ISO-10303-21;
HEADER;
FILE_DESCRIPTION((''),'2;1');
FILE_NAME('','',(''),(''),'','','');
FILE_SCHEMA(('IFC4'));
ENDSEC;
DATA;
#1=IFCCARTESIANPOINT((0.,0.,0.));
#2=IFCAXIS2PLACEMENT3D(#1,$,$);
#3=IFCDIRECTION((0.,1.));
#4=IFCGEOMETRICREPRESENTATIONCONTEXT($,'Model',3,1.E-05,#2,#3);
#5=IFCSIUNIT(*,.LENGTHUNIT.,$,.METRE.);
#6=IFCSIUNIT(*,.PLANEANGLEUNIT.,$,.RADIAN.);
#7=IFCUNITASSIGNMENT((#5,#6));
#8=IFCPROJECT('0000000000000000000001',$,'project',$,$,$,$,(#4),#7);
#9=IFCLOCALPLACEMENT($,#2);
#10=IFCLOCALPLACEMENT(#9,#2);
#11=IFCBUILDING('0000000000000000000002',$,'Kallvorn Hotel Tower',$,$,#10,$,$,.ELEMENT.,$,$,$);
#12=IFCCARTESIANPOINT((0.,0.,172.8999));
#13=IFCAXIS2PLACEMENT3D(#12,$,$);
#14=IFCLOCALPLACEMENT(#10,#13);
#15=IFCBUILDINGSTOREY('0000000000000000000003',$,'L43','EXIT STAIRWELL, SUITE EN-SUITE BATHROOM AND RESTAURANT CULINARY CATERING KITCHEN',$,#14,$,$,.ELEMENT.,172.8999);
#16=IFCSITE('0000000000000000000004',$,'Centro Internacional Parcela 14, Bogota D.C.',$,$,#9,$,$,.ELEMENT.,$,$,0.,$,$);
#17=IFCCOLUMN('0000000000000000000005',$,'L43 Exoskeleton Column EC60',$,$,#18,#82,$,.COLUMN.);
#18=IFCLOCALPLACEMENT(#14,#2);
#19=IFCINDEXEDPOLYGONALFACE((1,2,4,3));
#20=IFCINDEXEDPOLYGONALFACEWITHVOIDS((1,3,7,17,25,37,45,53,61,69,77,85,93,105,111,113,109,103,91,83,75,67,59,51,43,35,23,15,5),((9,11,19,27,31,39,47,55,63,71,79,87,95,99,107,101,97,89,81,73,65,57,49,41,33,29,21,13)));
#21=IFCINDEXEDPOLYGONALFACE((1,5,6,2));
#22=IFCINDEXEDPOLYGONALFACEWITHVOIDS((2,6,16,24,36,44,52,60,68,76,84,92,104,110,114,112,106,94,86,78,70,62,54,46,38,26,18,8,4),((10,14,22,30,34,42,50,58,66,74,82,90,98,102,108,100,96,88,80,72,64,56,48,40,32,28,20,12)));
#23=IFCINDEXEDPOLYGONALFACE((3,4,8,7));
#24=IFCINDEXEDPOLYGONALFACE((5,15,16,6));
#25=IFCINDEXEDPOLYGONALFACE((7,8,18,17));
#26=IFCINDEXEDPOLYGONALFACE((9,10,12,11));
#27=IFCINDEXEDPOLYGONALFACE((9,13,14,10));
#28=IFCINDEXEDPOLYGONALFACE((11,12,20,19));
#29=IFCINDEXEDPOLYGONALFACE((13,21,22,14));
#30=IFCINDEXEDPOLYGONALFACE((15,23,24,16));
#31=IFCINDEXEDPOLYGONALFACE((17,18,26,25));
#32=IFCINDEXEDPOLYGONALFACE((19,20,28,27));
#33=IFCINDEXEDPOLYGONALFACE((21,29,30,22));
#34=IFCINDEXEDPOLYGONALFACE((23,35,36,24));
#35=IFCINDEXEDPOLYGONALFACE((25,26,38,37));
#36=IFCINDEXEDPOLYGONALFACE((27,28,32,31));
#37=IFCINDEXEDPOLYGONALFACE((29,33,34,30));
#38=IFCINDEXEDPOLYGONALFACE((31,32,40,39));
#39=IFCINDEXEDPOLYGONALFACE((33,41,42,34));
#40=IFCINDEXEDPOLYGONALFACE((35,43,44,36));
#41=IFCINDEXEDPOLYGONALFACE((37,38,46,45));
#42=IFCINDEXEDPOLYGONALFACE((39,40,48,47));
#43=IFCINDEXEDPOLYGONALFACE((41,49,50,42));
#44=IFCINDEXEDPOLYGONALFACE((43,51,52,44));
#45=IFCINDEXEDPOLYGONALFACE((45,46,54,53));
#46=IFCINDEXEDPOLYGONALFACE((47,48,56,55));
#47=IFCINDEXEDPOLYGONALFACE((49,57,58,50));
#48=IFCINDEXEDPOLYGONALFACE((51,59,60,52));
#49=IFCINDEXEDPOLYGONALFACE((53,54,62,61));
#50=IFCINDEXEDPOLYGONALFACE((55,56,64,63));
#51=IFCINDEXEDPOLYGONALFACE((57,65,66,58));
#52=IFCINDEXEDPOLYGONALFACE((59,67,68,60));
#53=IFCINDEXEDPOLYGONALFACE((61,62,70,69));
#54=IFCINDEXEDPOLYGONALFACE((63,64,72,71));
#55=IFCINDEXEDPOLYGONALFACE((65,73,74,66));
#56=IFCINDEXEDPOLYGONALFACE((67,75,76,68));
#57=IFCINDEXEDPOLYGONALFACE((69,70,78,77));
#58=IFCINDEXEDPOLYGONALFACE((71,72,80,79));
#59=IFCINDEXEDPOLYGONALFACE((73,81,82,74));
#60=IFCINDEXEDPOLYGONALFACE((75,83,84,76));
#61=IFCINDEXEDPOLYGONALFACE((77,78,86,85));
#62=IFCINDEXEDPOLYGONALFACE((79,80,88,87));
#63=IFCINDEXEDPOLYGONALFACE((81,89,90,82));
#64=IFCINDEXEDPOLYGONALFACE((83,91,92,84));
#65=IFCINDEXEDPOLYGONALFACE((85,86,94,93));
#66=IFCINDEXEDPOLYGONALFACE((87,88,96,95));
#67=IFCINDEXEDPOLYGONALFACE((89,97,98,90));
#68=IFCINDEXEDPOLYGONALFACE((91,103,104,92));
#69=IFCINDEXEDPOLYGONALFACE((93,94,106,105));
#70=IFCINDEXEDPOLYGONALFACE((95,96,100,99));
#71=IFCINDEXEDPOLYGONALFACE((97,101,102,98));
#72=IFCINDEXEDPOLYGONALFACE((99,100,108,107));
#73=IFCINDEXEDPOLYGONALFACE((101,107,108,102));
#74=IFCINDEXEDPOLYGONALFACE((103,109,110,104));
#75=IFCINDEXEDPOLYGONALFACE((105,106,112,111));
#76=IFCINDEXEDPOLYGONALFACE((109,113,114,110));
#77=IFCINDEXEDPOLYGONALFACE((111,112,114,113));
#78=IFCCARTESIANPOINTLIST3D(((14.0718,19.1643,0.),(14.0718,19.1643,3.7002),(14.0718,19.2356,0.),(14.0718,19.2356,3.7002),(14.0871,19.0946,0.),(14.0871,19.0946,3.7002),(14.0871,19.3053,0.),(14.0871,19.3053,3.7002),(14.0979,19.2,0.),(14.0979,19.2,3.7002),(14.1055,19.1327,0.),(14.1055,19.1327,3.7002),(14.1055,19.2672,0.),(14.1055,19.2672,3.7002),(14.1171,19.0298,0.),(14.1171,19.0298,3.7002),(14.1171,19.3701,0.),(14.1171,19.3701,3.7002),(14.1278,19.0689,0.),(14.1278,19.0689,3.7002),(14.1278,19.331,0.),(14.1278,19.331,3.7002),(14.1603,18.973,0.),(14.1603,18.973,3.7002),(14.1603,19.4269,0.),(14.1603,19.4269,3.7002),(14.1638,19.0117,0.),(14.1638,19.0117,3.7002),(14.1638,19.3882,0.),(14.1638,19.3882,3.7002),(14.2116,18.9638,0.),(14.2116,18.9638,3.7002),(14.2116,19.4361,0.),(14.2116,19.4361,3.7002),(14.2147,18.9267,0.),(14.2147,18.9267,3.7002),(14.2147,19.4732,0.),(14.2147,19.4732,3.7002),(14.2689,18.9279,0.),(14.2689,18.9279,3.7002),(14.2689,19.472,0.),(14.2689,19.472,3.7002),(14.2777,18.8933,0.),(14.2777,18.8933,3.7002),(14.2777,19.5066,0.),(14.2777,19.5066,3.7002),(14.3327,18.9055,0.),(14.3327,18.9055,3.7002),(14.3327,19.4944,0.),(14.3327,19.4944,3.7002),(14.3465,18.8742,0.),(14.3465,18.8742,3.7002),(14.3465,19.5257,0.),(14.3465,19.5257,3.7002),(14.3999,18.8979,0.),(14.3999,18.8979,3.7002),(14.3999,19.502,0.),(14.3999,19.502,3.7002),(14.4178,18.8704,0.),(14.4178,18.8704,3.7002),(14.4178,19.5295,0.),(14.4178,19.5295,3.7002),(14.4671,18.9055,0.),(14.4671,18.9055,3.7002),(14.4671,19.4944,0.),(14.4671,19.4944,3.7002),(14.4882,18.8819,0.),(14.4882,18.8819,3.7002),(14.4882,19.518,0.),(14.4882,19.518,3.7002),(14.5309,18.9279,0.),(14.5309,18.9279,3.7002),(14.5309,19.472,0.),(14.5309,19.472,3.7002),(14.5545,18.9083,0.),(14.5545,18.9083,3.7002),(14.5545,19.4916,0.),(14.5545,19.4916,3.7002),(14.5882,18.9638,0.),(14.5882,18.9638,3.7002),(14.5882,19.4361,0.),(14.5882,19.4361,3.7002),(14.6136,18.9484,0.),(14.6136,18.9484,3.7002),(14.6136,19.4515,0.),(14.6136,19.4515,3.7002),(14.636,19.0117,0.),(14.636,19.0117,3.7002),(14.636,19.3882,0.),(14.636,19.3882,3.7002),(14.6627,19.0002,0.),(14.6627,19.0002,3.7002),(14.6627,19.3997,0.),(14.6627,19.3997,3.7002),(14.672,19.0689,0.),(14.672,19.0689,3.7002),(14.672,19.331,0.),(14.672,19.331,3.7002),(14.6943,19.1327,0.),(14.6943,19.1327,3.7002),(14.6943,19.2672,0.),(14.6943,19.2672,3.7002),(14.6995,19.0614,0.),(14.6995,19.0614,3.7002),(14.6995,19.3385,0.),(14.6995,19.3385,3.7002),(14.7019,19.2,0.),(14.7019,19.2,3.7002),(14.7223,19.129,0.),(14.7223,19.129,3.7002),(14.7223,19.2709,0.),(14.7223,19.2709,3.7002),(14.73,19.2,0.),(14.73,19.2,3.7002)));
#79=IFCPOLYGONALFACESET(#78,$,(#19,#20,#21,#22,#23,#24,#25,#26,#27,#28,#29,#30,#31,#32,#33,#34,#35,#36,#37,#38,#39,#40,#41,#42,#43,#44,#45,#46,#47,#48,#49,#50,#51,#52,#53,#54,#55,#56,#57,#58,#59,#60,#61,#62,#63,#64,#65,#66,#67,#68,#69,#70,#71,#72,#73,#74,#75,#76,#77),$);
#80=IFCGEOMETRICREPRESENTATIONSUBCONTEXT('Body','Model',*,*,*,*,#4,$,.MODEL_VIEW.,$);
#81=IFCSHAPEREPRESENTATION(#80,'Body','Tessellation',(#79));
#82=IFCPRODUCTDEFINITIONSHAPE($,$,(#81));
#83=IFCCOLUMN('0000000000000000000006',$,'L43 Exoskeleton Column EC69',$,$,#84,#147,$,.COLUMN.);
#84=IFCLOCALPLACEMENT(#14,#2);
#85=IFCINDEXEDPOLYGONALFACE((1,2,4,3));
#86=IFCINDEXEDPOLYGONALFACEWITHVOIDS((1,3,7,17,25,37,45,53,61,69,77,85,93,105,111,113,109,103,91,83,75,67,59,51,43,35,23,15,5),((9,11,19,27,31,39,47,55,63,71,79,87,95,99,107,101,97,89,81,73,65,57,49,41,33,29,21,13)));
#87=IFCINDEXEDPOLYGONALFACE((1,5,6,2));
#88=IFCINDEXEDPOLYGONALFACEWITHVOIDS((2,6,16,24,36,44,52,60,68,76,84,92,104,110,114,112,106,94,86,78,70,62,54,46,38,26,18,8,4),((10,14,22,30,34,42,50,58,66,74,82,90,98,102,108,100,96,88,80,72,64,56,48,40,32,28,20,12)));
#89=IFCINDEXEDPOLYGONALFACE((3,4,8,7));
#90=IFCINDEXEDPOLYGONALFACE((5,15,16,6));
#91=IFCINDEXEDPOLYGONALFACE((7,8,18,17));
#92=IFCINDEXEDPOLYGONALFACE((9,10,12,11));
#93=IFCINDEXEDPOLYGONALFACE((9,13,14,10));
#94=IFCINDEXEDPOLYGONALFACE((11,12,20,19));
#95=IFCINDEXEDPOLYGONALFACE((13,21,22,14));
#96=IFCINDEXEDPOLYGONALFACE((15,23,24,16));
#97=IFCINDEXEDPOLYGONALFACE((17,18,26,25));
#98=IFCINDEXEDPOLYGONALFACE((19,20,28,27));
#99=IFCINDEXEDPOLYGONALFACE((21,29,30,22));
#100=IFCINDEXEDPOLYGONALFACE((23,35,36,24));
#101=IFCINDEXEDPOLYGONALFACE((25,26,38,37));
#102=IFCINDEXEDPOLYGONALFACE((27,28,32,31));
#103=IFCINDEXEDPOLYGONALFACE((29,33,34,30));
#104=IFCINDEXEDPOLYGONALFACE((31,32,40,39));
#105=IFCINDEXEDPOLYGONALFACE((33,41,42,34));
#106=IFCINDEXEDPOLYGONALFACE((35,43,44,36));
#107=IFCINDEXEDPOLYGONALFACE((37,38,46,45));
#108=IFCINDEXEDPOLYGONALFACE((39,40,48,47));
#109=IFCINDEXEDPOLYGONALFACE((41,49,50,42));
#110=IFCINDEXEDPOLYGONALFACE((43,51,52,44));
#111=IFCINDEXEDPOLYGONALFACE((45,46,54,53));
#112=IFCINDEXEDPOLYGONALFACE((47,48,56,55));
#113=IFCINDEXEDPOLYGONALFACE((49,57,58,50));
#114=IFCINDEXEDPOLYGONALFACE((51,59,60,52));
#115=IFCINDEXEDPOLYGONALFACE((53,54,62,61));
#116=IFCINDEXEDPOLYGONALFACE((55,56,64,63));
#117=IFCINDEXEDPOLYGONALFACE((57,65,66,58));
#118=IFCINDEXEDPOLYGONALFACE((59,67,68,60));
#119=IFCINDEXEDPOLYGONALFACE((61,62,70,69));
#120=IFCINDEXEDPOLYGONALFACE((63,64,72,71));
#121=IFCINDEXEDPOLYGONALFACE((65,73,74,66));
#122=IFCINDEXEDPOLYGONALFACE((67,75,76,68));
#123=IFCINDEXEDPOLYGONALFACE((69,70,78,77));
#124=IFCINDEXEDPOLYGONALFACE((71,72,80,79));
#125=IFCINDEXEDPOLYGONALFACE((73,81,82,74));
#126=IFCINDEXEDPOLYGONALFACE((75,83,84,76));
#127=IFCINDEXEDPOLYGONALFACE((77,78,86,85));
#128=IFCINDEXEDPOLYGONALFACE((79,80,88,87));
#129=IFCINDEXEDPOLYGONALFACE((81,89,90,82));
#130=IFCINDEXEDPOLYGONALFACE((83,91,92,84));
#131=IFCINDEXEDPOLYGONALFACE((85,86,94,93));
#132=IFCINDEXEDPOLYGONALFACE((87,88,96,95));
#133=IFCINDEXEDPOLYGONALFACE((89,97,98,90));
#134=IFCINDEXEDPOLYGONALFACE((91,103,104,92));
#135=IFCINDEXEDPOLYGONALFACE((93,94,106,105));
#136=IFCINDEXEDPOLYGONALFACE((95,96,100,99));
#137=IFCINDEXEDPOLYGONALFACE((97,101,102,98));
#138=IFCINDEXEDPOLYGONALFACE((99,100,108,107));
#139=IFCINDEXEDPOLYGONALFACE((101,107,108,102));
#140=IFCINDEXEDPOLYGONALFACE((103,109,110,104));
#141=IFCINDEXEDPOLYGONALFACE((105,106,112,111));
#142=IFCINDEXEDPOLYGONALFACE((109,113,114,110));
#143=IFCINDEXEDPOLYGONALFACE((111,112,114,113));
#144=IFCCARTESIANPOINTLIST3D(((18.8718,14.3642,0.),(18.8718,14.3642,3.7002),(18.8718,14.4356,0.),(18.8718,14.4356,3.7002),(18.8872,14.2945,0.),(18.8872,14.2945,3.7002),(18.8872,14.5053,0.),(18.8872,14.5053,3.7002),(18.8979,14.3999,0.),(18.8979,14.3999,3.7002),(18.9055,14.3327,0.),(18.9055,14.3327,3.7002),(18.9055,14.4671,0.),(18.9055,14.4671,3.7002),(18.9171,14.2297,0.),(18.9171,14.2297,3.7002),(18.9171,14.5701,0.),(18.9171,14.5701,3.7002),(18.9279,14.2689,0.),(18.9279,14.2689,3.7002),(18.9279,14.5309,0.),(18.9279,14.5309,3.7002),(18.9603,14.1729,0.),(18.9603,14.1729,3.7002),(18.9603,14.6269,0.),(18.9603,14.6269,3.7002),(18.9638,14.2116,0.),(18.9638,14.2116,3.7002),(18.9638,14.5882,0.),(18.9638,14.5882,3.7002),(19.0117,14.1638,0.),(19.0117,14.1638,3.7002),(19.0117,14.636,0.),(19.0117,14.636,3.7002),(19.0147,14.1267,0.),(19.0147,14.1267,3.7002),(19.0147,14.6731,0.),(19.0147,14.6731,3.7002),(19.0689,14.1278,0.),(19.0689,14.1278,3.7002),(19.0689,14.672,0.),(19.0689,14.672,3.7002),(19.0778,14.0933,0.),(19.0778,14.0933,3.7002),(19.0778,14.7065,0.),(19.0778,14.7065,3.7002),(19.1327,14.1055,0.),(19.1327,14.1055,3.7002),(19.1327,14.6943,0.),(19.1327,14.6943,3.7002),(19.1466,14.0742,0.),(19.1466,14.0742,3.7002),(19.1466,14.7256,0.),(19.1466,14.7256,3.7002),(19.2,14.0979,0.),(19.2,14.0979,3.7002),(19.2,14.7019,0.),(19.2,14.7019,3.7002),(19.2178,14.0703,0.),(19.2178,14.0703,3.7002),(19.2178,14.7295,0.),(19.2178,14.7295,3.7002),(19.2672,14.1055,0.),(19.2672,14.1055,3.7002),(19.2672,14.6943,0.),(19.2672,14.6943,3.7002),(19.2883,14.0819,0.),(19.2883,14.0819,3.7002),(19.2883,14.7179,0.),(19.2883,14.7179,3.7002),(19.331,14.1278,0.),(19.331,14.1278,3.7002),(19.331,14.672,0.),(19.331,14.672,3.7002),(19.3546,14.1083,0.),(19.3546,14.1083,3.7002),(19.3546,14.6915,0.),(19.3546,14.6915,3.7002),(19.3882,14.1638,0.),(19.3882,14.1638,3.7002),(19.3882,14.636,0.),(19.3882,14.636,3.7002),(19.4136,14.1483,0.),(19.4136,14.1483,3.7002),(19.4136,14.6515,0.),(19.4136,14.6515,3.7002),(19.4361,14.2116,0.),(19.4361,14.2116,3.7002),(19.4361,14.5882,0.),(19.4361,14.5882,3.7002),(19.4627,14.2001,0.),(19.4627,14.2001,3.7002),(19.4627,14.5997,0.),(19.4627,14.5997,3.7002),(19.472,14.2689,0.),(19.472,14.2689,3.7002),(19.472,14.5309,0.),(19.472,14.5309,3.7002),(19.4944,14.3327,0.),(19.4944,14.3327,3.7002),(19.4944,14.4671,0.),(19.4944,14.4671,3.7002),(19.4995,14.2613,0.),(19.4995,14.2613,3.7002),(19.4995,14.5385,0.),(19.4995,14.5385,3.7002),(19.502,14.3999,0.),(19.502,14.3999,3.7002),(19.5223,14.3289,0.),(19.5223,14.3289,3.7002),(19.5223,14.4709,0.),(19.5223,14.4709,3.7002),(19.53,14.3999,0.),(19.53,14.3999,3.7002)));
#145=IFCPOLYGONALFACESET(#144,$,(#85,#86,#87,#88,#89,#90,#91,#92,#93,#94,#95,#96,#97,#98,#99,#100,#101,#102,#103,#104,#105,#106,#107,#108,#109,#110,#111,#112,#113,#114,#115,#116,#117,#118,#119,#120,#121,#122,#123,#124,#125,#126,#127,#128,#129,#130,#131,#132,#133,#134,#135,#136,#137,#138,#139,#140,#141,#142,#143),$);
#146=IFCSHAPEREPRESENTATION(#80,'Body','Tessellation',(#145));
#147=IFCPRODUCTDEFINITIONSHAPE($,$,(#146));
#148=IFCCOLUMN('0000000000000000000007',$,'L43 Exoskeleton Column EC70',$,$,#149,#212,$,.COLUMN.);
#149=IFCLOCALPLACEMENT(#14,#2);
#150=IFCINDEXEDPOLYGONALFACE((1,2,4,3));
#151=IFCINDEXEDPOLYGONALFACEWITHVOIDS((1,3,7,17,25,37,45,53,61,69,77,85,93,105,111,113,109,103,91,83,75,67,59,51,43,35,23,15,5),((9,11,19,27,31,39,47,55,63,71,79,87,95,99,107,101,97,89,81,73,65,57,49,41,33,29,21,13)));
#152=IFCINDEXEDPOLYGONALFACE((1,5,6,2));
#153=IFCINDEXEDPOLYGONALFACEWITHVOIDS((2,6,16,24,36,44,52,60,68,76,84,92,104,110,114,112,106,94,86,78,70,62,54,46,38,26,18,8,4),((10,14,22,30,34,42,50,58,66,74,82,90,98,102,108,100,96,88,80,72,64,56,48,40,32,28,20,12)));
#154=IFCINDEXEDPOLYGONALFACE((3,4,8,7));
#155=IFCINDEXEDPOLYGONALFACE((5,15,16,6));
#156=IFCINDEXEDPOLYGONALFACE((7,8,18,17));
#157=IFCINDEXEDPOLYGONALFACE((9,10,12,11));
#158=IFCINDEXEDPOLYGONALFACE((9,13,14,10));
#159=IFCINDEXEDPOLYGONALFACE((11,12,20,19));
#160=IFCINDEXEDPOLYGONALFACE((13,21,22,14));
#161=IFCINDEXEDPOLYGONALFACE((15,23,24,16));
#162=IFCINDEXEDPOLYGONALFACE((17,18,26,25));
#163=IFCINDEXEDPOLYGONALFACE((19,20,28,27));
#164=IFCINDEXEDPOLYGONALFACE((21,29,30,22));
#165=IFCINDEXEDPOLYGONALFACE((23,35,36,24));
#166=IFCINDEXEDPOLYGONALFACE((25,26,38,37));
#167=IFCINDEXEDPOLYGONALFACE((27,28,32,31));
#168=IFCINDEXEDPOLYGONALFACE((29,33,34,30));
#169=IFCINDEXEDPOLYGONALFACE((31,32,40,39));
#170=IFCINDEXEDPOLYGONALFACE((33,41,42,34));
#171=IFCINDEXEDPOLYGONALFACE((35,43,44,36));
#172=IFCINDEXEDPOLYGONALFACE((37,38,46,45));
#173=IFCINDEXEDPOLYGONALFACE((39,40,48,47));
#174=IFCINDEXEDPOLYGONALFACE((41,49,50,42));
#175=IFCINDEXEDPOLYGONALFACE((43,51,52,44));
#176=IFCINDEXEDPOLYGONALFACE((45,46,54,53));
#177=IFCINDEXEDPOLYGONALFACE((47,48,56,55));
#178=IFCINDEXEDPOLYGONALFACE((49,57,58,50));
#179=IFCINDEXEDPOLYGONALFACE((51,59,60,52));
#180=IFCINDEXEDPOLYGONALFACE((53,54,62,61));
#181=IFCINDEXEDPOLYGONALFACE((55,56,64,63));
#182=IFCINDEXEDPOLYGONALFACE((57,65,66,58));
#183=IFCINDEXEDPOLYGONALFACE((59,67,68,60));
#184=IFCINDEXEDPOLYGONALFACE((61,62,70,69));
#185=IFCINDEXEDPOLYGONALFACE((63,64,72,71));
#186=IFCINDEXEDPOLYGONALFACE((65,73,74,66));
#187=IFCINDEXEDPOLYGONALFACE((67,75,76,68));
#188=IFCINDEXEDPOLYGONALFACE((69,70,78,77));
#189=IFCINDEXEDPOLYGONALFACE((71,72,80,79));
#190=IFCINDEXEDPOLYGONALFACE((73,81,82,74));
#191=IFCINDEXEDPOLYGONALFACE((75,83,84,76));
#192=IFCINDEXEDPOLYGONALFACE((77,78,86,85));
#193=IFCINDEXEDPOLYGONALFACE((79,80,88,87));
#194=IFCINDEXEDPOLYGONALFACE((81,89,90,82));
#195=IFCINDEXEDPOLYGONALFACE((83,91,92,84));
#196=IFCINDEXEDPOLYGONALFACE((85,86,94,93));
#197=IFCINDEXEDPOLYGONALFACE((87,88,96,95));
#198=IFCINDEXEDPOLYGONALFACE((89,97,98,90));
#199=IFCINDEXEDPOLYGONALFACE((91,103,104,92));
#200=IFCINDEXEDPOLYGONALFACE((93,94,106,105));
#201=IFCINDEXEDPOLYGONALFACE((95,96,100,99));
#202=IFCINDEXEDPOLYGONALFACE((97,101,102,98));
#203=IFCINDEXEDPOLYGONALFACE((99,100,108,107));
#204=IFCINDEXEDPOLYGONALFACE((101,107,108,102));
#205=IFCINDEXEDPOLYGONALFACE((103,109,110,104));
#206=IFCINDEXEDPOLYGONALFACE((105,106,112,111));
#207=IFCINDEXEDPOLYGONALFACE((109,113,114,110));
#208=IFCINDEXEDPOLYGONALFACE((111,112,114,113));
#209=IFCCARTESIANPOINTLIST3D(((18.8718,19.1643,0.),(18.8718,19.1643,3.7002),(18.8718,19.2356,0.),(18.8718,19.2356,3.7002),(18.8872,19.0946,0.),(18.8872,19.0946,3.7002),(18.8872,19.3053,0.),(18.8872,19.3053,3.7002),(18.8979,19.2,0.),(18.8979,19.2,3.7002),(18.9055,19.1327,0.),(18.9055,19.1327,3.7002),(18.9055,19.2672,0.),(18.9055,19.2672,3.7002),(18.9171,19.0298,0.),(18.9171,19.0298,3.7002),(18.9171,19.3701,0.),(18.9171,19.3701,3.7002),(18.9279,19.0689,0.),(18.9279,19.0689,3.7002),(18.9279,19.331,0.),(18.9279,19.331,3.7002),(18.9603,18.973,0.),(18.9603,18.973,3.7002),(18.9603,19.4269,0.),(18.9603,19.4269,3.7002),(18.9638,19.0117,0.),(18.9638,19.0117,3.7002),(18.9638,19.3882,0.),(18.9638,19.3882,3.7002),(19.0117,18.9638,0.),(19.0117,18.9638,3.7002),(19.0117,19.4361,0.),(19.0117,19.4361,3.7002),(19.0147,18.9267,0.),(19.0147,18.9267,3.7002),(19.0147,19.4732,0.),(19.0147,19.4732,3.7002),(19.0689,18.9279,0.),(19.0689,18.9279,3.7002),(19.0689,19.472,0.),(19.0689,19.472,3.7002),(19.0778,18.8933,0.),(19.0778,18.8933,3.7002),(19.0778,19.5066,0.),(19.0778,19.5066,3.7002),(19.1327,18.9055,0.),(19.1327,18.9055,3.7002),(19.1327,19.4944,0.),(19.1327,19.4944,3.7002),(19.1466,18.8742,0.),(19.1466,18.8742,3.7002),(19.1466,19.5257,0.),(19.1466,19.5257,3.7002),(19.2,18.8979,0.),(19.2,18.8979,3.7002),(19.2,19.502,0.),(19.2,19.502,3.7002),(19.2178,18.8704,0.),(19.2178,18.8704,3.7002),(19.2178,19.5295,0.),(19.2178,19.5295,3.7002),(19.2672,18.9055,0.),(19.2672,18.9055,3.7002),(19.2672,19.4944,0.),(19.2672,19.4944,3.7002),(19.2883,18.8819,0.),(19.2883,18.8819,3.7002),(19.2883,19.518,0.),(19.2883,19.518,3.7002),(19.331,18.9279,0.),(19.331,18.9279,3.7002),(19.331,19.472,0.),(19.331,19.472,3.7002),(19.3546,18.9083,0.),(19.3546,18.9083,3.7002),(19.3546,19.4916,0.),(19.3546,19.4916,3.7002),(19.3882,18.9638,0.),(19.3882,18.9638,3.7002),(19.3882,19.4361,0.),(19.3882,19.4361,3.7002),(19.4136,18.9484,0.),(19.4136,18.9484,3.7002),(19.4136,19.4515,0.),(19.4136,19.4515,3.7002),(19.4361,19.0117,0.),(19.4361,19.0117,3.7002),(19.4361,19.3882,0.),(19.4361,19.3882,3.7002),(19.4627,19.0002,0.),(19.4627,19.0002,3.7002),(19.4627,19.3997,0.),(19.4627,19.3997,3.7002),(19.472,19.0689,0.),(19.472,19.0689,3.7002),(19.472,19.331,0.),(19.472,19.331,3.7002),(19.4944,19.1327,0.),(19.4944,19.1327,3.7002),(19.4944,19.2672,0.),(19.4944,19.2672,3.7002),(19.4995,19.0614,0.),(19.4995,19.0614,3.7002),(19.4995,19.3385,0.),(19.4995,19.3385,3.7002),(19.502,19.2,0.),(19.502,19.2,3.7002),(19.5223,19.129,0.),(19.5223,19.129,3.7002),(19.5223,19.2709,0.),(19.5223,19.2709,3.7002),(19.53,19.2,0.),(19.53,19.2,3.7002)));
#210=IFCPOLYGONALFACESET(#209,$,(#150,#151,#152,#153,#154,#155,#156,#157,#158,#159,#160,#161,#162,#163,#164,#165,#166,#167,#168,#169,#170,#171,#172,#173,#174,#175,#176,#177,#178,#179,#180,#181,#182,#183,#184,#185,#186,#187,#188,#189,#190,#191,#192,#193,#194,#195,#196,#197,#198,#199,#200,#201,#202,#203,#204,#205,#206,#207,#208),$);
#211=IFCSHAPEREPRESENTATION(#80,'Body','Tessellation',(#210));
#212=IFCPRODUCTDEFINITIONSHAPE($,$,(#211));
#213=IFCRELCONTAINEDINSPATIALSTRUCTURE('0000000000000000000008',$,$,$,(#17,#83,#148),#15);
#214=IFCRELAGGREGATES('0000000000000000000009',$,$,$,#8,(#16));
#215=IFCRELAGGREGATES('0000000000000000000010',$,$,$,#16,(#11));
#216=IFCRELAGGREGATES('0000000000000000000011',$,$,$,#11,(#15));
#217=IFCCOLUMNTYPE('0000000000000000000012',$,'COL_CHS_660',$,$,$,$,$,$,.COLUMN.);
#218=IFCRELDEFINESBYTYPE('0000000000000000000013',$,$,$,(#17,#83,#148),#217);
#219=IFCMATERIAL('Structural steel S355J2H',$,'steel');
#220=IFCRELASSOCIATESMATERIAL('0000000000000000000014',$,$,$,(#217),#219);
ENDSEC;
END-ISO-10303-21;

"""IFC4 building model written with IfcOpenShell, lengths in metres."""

from ifc_helpers import new_model, si_unit, direction, frame, origin, origin_2d, place, context, subcontext, project, spatial, hollow_circle, extrude, material, material_profile, profile_set, type_object, element, save


model = new_model("IFC4")

# Units and contexts
model_context = context("Model", 3, precision=1e-05, world=origin(), true_north=direction((0.0, 1.0)))
body_context = subcontext(model_context, "Body", "Model", "MODEL_VIEW")
ifc_project = project(units=[si_unit("LENGTHUNIT", "METRE"), si_unit("PLANEANGLEUNIT", "RADIAN")], contexts=[model_context])

# Site, building, storey
site_placement = place(None, origin())
site = spatial("IfcSite", under=ifc_project, at=site_placement, Name="Centro Internacional Parcela 14, Bogota D.C.", CompositionType="ELEMENT", RefElevation=0.0)
building_placement = place(site_placement, origin())
building = spatial("IfcBuilding", under=site, at=building_placement, Name="Kallvorn Hotel Tower", CompositionType="ELEMENT")
storey_placement = place(building_placement, frame((0.0, 0.0, 172.8999)))
storey = spatial("IfcBuildingStorey", under=building, at=storey_placement, Name="L43", Description="EXIT STAIRWELL, SUITE EN-SUITE BATHROOM AND RESTAURANT CULINARY CATERING KITCHEN", CompositionType="ELEMENT", Elevation=172.8999)

# Columns
ifc_material_1 = material(Name="Structural steel S355J2H", Category="steel")
ifc_material_profile_1 = material_profile(ifc_material_1, hollow_circle(Radius=0.3301, WallThickness=0.0281, at=origin_2d()), Name="CHS 660x28")
ifc_profile_set_1 = profile_set([ifc_material_profile_1], Name="Structural steel S355J2H")
column_type_1 = type_object("IfcColumnType", Name="COL_CHS_660", PredefinedType="COLUMN", material=ifc_profile_set_1)
for number, where, z_axis, x_axis, name in (
    (1, (14.3999, 19.2, 0.0), (0.0, 0.0, 1.0), (1.0, 0.0, 0.0), "L43 Exoskeleton Column EC60"),
    (2, (19.2, 14.3999, 0.0), (0.0, 0.0, 1.0), (1.0, 0.0, 0.0), "L43 Exoskeleton Column EC69"),
    (3, (19.2, 19.2, 0.0), (0.0, 0.0, 1.0), (1.0, 0.0, 0.0), "L43 Exoskeleton Column EC70"),
):
    element("IfcColumn", number, at=place(storey_placement, frame(where, z_axis=z_axis, x_axis=x_axis)), inside=storey, type_object=column_type_1, Name=name, PredefinedType="COLUMN", context=body_context, shape_type="SweptSolid", body=[
        extrude(hollow_circle(Radius=0.3301, WallThickness=0.0281, at=origin_2d()), origin(), (0.0, 0.0, 1.0), 3.7002),
    ])

save(model, "model.ifc")
